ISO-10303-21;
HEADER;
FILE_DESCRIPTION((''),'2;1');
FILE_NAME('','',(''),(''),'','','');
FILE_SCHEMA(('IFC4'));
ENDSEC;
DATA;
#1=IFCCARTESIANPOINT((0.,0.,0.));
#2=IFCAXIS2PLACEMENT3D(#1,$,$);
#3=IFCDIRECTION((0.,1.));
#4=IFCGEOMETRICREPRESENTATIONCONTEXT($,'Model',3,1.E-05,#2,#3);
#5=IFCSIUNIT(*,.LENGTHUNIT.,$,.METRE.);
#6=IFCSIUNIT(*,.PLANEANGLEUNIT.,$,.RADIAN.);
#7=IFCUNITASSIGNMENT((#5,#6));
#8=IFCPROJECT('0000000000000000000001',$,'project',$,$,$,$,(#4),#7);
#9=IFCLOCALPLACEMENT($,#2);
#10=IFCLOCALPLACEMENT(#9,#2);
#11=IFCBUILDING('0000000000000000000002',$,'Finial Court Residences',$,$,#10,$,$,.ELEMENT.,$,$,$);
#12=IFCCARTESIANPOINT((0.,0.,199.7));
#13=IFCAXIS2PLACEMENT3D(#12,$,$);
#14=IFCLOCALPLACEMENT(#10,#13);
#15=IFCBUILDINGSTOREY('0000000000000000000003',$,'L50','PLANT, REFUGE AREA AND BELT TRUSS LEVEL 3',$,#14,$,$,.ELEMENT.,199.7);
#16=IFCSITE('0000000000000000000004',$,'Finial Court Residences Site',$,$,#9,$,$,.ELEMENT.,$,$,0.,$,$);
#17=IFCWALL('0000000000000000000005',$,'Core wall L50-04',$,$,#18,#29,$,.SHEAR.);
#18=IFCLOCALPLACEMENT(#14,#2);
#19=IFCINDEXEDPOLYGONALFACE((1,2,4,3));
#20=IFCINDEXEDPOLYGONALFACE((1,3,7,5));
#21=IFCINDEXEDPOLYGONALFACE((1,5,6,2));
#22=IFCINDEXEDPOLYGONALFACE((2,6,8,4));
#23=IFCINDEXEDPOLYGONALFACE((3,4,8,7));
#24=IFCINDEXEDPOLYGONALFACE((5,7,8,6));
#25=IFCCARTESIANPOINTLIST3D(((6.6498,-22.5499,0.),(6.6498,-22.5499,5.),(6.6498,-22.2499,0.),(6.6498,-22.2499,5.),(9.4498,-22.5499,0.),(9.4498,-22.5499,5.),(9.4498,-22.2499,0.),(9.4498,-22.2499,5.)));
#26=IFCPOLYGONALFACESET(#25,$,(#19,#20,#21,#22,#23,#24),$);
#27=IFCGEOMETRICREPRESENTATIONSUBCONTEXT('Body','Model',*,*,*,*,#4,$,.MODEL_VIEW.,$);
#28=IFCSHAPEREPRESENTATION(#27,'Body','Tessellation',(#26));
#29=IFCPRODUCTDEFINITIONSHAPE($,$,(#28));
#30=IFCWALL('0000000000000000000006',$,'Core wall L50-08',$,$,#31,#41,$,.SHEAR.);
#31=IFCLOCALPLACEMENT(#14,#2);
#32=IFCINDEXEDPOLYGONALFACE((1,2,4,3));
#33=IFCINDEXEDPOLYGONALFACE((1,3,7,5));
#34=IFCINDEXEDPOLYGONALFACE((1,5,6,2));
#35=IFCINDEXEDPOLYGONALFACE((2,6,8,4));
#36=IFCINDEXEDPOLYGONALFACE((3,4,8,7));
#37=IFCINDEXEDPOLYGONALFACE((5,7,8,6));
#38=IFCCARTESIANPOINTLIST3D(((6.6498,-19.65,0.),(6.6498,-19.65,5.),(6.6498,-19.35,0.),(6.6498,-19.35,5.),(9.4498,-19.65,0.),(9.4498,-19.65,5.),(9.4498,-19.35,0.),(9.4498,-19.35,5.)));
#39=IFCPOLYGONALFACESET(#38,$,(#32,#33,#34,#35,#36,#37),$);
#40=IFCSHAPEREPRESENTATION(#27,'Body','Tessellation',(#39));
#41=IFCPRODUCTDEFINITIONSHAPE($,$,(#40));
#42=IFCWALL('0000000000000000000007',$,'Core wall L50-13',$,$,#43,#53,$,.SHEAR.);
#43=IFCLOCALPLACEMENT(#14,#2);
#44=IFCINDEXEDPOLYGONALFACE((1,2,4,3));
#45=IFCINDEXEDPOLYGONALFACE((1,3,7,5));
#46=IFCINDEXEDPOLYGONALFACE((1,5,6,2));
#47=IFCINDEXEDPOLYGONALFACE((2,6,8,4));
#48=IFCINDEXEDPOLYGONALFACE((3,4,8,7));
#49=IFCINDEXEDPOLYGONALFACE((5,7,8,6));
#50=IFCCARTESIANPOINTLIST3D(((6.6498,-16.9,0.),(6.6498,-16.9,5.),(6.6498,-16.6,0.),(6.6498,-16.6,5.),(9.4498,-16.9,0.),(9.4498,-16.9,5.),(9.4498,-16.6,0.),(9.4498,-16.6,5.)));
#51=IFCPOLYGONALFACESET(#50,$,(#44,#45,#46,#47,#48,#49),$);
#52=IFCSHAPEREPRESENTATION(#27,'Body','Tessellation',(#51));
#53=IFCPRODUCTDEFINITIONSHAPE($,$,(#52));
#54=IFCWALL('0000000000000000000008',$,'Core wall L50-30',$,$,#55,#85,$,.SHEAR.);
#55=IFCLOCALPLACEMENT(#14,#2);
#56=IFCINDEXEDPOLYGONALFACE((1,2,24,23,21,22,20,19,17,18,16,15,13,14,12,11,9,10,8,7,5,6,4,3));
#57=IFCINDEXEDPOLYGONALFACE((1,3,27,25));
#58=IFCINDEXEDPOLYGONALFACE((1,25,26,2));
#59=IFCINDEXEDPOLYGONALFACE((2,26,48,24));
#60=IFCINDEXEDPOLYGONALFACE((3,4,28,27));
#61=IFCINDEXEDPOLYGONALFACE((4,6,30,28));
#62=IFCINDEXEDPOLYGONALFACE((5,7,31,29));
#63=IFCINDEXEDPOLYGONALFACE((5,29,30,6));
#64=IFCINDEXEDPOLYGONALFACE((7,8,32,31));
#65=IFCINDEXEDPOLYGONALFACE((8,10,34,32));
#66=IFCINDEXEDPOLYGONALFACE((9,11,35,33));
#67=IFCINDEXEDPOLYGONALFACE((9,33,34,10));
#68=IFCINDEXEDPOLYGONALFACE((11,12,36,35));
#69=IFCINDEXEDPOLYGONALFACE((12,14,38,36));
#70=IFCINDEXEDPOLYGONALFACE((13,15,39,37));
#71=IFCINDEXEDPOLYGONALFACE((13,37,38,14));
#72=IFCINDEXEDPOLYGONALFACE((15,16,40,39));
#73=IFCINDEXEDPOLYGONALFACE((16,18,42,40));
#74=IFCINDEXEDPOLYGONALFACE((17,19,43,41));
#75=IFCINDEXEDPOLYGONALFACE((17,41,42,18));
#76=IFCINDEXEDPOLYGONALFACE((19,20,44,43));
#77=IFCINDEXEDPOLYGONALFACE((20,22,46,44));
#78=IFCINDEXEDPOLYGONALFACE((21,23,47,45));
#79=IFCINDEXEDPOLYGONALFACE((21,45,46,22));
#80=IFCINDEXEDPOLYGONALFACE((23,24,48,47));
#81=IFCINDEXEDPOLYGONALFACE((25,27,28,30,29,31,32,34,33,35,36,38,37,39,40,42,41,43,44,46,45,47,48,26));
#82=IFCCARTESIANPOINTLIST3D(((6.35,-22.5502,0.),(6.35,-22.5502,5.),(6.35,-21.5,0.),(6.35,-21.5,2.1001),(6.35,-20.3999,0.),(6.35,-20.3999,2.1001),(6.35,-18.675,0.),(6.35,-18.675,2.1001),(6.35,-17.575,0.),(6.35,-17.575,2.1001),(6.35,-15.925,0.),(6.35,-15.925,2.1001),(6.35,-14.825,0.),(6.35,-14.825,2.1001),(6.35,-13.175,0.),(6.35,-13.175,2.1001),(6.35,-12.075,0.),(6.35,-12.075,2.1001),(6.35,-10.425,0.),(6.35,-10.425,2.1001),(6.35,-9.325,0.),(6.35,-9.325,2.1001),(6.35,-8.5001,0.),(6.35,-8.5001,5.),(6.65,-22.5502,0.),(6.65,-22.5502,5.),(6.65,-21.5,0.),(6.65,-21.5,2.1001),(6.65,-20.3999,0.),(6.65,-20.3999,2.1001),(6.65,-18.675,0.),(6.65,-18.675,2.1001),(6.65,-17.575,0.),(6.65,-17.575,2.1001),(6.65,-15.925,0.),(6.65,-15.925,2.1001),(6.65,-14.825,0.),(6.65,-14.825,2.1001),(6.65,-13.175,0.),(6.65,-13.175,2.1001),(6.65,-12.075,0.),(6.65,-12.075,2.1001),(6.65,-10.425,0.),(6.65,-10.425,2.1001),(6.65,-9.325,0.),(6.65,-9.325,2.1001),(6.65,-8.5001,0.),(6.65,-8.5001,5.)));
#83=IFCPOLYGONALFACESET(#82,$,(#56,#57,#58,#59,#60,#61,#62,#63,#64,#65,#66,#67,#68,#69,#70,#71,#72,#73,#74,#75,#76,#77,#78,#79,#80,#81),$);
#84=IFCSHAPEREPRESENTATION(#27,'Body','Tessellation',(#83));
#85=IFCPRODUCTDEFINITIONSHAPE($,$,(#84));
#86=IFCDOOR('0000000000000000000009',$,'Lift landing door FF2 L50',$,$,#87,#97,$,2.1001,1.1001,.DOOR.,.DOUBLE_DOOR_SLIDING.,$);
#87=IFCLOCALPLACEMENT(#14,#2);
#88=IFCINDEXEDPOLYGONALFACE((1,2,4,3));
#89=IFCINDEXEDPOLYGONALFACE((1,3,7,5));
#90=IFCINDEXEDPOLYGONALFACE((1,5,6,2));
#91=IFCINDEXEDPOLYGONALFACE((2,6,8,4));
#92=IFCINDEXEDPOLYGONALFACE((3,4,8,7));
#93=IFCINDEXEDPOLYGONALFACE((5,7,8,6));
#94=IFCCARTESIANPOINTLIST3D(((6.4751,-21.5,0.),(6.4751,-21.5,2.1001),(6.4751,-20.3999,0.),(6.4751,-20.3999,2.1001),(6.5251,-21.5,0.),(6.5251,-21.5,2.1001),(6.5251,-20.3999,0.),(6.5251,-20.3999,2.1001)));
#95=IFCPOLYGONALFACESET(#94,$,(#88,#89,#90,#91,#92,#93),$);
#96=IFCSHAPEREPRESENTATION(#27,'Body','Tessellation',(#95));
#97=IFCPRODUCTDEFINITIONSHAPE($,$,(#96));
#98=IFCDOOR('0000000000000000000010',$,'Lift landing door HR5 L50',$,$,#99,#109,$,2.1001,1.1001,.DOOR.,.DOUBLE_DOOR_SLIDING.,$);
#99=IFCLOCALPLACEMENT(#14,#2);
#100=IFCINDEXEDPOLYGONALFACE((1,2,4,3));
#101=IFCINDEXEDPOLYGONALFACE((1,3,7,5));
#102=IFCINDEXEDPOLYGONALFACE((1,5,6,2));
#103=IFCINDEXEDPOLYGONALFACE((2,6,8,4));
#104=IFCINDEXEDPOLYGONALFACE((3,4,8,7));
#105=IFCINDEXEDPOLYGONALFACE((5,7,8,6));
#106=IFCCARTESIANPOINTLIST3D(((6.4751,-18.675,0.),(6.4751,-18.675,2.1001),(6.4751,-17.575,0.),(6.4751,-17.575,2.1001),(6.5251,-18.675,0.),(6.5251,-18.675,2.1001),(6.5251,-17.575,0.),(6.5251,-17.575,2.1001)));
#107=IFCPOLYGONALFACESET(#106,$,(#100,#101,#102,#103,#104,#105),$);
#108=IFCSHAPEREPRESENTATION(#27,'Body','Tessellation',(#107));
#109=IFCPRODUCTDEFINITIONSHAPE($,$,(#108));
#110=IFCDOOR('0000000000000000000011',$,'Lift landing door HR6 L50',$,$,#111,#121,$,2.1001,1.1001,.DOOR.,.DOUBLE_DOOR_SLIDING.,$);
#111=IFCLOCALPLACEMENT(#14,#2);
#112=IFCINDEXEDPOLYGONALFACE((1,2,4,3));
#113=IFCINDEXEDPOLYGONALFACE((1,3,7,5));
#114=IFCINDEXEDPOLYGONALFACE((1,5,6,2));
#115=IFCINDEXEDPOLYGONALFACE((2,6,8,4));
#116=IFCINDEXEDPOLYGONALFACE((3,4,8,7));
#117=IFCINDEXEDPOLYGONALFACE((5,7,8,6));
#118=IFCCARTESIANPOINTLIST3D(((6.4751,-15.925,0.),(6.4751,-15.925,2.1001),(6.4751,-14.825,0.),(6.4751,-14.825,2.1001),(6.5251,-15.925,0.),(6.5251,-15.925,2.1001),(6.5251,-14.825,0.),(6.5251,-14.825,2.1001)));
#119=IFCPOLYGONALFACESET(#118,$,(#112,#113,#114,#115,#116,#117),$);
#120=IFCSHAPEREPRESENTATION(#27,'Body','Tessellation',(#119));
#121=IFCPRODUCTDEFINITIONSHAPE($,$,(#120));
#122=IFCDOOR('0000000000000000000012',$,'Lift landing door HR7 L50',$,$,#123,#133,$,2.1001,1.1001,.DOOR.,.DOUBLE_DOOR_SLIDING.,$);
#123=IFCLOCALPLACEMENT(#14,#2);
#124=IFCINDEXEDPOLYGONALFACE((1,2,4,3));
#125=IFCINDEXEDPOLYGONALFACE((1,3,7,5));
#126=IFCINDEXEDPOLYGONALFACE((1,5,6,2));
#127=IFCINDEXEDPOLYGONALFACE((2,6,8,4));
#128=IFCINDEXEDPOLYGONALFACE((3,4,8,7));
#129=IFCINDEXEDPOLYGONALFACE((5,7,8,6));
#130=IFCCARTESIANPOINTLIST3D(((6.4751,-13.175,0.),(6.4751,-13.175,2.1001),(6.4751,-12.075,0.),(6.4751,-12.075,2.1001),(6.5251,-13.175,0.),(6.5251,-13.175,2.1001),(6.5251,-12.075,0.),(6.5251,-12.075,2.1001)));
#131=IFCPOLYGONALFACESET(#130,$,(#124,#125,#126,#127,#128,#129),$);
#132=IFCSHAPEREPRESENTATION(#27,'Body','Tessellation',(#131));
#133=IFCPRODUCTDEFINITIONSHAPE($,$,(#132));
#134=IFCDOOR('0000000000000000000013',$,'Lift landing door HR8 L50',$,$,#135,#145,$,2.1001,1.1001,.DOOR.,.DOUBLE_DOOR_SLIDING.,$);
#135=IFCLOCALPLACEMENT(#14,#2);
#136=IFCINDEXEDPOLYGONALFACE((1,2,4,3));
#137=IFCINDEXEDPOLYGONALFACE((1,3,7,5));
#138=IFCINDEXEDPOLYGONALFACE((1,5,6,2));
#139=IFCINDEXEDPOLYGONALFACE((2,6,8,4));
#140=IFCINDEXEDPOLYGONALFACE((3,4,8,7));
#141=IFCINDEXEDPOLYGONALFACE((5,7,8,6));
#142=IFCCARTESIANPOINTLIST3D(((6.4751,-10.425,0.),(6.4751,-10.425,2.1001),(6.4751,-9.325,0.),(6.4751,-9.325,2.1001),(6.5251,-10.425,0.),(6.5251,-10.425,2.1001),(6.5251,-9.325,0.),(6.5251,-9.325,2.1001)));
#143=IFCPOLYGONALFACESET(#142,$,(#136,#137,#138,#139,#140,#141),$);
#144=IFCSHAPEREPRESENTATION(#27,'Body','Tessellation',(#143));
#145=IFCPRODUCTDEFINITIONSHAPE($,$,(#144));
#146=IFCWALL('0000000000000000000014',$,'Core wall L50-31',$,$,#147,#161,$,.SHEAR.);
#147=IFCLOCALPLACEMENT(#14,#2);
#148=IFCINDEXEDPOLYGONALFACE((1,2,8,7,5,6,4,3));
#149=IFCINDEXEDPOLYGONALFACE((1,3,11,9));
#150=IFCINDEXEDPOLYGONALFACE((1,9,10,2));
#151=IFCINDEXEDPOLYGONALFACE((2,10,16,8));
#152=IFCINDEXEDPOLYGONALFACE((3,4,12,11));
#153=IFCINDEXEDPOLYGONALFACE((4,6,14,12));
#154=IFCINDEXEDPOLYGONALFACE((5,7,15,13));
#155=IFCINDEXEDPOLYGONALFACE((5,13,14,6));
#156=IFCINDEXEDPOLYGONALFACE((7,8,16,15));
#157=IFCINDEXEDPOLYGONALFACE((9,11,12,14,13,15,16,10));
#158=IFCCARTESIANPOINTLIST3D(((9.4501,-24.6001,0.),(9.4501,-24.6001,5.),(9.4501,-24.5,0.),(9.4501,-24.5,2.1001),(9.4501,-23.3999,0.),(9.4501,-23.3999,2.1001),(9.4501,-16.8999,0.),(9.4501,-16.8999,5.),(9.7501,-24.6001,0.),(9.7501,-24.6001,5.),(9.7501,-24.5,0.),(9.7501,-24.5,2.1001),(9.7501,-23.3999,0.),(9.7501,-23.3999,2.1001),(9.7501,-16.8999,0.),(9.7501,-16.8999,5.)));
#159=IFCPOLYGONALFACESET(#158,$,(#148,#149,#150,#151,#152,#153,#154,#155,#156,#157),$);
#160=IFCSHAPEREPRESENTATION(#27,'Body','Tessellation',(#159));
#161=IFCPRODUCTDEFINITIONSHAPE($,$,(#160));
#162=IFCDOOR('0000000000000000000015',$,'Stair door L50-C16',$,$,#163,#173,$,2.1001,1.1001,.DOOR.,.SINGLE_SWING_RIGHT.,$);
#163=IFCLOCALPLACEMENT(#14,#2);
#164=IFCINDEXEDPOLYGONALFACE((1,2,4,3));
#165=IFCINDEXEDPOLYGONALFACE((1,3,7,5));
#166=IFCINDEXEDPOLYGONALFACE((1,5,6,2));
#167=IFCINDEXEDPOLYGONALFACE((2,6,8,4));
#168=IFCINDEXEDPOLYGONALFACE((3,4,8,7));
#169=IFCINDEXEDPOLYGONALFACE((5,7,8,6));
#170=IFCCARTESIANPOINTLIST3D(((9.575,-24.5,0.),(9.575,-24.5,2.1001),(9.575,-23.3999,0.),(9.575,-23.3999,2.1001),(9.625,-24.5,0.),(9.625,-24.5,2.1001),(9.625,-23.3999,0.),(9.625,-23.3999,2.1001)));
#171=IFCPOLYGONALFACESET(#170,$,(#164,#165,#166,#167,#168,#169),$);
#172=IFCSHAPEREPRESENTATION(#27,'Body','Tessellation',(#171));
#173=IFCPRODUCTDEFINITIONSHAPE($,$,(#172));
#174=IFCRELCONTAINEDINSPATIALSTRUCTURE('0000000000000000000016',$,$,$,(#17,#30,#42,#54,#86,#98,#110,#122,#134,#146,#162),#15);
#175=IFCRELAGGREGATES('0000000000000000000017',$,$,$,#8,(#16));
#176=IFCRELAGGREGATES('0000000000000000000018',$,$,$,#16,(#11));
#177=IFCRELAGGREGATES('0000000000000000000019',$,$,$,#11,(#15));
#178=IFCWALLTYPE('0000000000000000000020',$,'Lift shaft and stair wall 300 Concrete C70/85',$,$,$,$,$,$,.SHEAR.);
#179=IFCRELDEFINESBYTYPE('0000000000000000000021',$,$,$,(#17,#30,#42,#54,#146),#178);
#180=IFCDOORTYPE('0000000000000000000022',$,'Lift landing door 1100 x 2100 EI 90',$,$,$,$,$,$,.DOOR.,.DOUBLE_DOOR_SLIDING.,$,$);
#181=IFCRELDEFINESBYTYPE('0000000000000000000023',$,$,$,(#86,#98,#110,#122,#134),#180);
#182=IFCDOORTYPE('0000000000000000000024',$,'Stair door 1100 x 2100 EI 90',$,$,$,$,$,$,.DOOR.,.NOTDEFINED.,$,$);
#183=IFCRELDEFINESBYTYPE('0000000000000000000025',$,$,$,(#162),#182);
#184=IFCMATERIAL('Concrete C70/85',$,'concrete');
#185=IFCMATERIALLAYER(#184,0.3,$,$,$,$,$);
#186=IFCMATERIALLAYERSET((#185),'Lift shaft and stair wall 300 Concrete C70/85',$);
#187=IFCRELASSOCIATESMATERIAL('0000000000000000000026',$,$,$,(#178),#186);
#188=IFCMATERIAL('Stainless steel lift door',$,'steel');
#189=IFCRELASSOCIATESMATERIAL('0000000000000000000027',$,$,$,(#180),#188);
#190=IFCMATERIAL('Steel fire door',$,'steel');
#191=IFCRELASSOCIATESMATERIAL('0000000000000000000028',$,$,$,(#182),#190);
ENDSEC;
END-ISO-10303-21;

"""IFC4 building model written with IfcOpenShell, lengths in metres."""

from ifc_helpers import new_model, si_unit, direction, frame, frame_2d, origin, place, context, subcontext, project, spatial, rectangle, extrude, material, layer, layer_set, type_object, element, fill, save


model = new_model("IFC4")

# Units and contexts
model_context = context("Model", 3, precision=1e-05, world=origin(), true_north=direction((0.0, 1.0)))
body_context = subcontext(model_context, "Body", "Model", "MODEL_VIEW")
ifc_project = project(units=[si_unit("LENGTHUNIT", "METRE"), si_unit("PLANEANGLEUNIT", "RADIAN")], contexts=[model_context])

# Site, building, storey
site_placement = place(None, origin())
site = spatial("IfcSite", under=ifc_project, at=site_placement, Name="Finial Court Residences Site", CompositionType="ELEMENT", RefElevation=0.0)
building_placement = place(site_placement, origin())
building = spatial("IfcBuilding", under=site, at=building_placement, Name="Finial Court Residences", CompositionType="ELEMENT")
storey_placement = place(building_placement, frame((0.0, 0.0, 199.7)))
storey = spatial("IfcBuildingStorey", under=building, at=storey_placement, Name="L50", Description="PLANT, REFUGE AREA AND BELT TRUSS LEVEL 3", CompositionType="ELEMENT", Elevation=199.7)

# Walls
ifc_material_1 = material(Name="Concrete C70/85", Category="concrete")
ifc_layer = layer(ifc_material_1, 0.3)
ifc_layer_set = layer_set([ifc_layer], Name="Lift shaft and stair wall 300 Concrete C70/85")
wall_type = type_object("IfcWallType", Name="Lift shaft and stair wall 300 Concrete C70/85", PredefinedType="SHEAR", material=ifc_layer_set)
for number, where, z_axis, x_axis, name in (
    (1, (6.6499, -22.3999, 0.0), (0.0, 0.0, 1.0), (1.0, 0.0, 0.0), "Core wall L50-04"),
    (2, (6.6499, -19.5, 0.0), (0.0, 0.0, 1.0), (1.0, 0.0, 0.0), "Core wall L50-08"),
    (3, (6.6499, -16.75, 0.0), (0.0, 0.0, 1.0), (1.0, 0.0, 0.0), "Core wall L50-13"),
):
    element("IfcWall", number, at=place(storey_placement, frame(where, z_axis=z_axis, x_axis=x_axis)), inside=storey, type_object=wall_type, Name=name, PredefinedType="SHEAR", context=body_context, shape_type="SweptSolid", body=[
        extrude(rectangle(XDim=2.8, YDim=0.3, at=frame_2d((1.3999, 0.0))), origin(), (0.0, 0.0, 1.0), 5.0),
    ])

# Wall, openings, doors
wall_1_placement = place(storey_placement, frame((6.5, -22.55, 0.0), z_axis=(0.0, 0.0, 1.0), x_axis=(0.0, 1.0, 0.0)))
wall_1 = element("IfcWall", 4, at=wall_1_placement, inside=storey, type_object=wall_type, Name="Core wall L50-30", PredefinedType="SHEAR", context=body_context, shape_type="SweptSolid", body=[
    extrude(rectangle(XDim=14.05, YDim=0.3, at=frame_2d((7.0249, 0.0))), origin(), (0.0, 0.0, 1.0), 5.0),
])
opening_1_placement = place(wall_1_placement, frame((1.05, 0.0, 0.0)))
opening_1 = element("IfcOpeningElement", 5, at=opening_1_placement, cuts=wall_1, PredefinedType="OPENING", context=body_context, shape_type="SweptSolid", body=[
    extrude(rectangle(XDim=1.1001, YDim=2.1001, at=frame_2d((0.55, 1.05))), frame((0.0, 0.1599, 0.0), z_axis=(0.0, -1.0, 0.0), x_axis=(1.0, 0.0, 0.0)), (0.0, 0.0, 1.0), 0.3201),
])
opening_2_placement = place(wall_1_placement, frame((3.875, 0.0, 0.0)))
opening_2 = element("IfcOpeningElement", 6, at=opening_2_placement, cuts=wall_1, PredefinedType="OPENING", context=body_context, shape_type="SweptSolid", body=[
    extrude(rectangle(XDim=1.1001, YDim=2.1001, at=frame_2d((0.55, 1.05))), frame((0.0, 0.1599, 0.0), z_axis=(0.0, -1.0, 0.0), x_axis=(1.0, 0.0, 0.0)), (0.0, 0.0, 1.0), 0.3201),
])
opening_3_placement = place(wall_1_placement, frame((6.625, 0.0, 0.0)))
opening_3 = element("IfcOpeningElement", 7, at=opening_3_placement, cuts=wall_1, PredefinedType="OPENING", context=body_context, shape_type="SweptSolid", body=[
    extrude(rectangle(XDim=1.1001, YDim=2.1001, at=frame_2d((0.55, 1.05))), frame((0.0, 0.1599, 0.0), z_axis=(0.0, -1.0, 0.0), x_axis=(1.0, 0.0, 0.0)), (0.0, 0.0, 1.0), 0.3201),
])
opening_4_placement = place(wall_1_placement, frame((9.375, 0.0, 0.0)))
opening_4 = element("IfcOpeningElement", 8, at=opening_4_placement, cuts=wall_1, PredefinedType="OPENING", context=body_context, shape_type="SweptSolid", body=[
    extrude(rectangle(XDim=1.1001, YDim=2.1001, at=frame_2d((0.55, 1.05))), frame((0.0, 0.1599, 0.0), z_axis=(0.0, -1.0, 0.0), x_axis=(1.0, 0.0, 0.0)), (0.0, 0.0, 1.0), 0.3201),
])
opening_5_placement = place(wall_1_placement, frame((12.125, 0.0, 0.0)))
opening_5 = element("IfcOpeningElement", 9, at=opening_5_placement, cuts=wall_1, PredefinedType="OPENING", context=body_context, shape_type="SweptSolid", body=[
    extrude(rectangle(XDim=1.1001, YDim=2.1001, at=frame_2d((0.55, 1.05))), frame((0.0, 0.1599, 0.0), z_axis=(0.0, -1.0, 0.0), x_axis=(1.0, 0.0, 0.0)), (0.0, 0.0, 1.0), 0.3201),
])
ifc_material_2 = material(Name="Stainless steel lift door", Category="steel")
door_type_1 = type_object("IfcDoorType", Name="Lift landing door 1100 x 2100 EI 90", OperationType="DOUBLE_DOOR_SLIDING", PredefinedType="DOOR", material=ifc_material_2)
door_1_placement = place(opening_1_placement, origin())
door_1 = element("IfcDoor", 10, at=door_1_placement, inside=storey, type_object=door_type_1, Name="Lift landing door FF2 L50", OperationType="DOUBLE_DOOR_SLIDING", OverallHeight=2.1001, OverallWidth=1.1001, PredefinedType="DOOR", context=body_context, shape_type="SweptSolid", body=[
    extrude(rectangle(XDim=1.1001, YDim=2.1001, at=frame_2d((0.55, 1.05))), frame((0.0, 0.0249, 0.0), z_axis=(0.0, -1.0, 0.0), x_axis=(1.0, 0.0, 0.0)), (0.0, 0.0, 1.0), 0.05),
])
fill(opening_1, door_1)
door_2_placement = place(opening_2_placement, origin())
door_2 = element("IfcDoor", 11, at=door_2_placement, inside=storey, type_object=door_type_1, Name="Lift landing door HR5 L50", OperationType="DOUBLE_DOOR_SLIDING", OverallHeight=2.1001, OverallWidth=1.1001, PredefinedType="DOOR", context=body_context, shape_type="SweptSolid", body=[
    extrude(rectangle(XDim=1.1001, YDim=2.1001, at=frame_2d((0.55, 1.05))), frame((0.0, 0.0249, 0.0), z_axis=(0.0, -1.0, 0.0), x_axis=(1.0, 0.0, 0.0)), (0.0, 0.0, 1.0), 0.05),
])
fill(opening_2, door_2)
door_3_placement = place(opening_3_placement, origin())
door_3 = element("IfcDoor", 12, at=door_3_placement, inside=storey, type_object=door_type_1, Name="Lift landing door HR6 L50", OperationType="DOUBLE_DOOR_SLIDING", OverallHeight=2.1001, OverallWidth=1.1001, PredefinedType="DOOR", context=body_context, shape_type="SweptSolid", body=[
    extrude(rectangle(XDim=1.1001, YDim=2.1001, at=frame_2d((0.55, 1.05))), frame((0.0, 0.0249, 0.0), z_axis=(0.0, -1.0, 0.0), x_axis=(1.0, 0.0, 0.0)), (0.0, 0.0, 1.0), 0.05),
])
fill(opening_3, door_3)
door_4_placement = place(opening_4_placement, origin())
door_4 = element("IfcDoor", 13, at=door_4_placement, inside=storey, type_object=door_type_1, Name="Lift landing door HR7 L50", OperationType="DOUBLE_DOOR_SLIDING", OverallHeight=2.1001, OverallWidth=1.1001, PredefinedType="DOOR", context=body_context, shape_type="SweptSolid", body=[
    extrude(rectangle(XDim=1.1001, YDim=2.1001, at=frame_2d((0.55, 1.05))), frame((0.0, 0.0249, 0.0), z_axis=(0.0, -1.0, 0.0), x_axis=(1.0, 0.0, 0.0)), (0.0, 0.0, 1.0), 0.05),
])
fill(opening_4, door_4)
door_5_placement = place(opening_5_placement, origin())
door_5 = element("IfcDoor", 14, at=door_5_placement, inside=storey, type_object=door_type_1, Name="Lift landing door HR8 L50", OperationType="DOUBLE_DOOR_SLIDING", OverallHeight=2.1001, OverallWidth=1.1001, PredefinedType="DOOR", context=body_context, shape_type="SweptSolid", body=[
    extrude(rectangle(XDim=1.1001, YDim=2.1001, at=frame_2d((0.55, 1.05))), frame((0.0, 0.0249, 0.0), z_axis=(0.0, -1.0, 0.0), x_axis=(1.0, 0.0, 0.0)), (0.0, 0.0, 1.0), 0.05),
])
fill(opening_5, door_5)

# Wall, opening, door
wall_2_placement = place(storey_placement, frame((9.6001, -16.8999, 0.0), z_axis=(0.0, 0.0, 1.0), x_axis=(0.0, -1.0, 0.0)))
wall_2 = element("IfcWall", 15, at=wall_2_placement, inside=storey, type_object=wall_type, Name="Core wall L50-31", PredefinedType="SHEAR", context=body_context, shape_type="SweptSolid", body=[
    extrude(rectangle(XDim=7.7002, YDim=0.3, at=frame_2d((3.8501, 0.0))), origin(), (0.0, 0.0, 1.0), 5.0),
])
opening_6_placement = place(wall_2_placement, frame((6.5, 0.0, 0.0)))
opening_6 = element("IfcOpeningElement", 16, at=opening_6_placement, cuts=wall_2, PredefinedType="OPENING", context=body_context, shape_type="SweptSolid", body=[
    extrude(rectangle(XDim=1.1001, YDim=2.1001, at=frame_2d((0.55, 1.05))), frame((0.0, 0.1599, 0.0), z_axis=(0.0, -1.0, 0.0), x_axis=(1.0, 0.0, 0.0)), (0.0, 0.0, 1.0), 0.3201),
])
ifc_material_3 = material(Name="Steel fire door", Category="steel")
door_type_2 = type_object("IfcDoorType", Name="Stair door 1100 x 2100 EI 90", OperationType="NOTDEFINED", PredefinedType="DOOR", material=ifc_material_3)
door_6_placement = place(opening_6_placement, origin())
door_6 = element("IfcDoor", 17, at=door_6_placement, inside=storey, type_object=door_type_2, Name="Stair door L50-C16", OperationType="SINGLE_SWING_RIGHT", OverallHeight=2.1001, OverallWidth=1.1001, PredefinedType="DOOR", context=body_context, shape_type="SweptSolid", body=[
    extrude(rectangle(XDim=1.1001, YDim=2.1001, at=frame_2d((0.55, 1.05))), frame((0.0, 0.0249, 0.0), z_axis=(0.0, -1.0, 0.0), x_axis=(1.0, 0.0, 0.0)), (0.0, 0.0, 1.0), 0.05),
])
fill(opening_6, door_6)

save(model, "model.ifc")
